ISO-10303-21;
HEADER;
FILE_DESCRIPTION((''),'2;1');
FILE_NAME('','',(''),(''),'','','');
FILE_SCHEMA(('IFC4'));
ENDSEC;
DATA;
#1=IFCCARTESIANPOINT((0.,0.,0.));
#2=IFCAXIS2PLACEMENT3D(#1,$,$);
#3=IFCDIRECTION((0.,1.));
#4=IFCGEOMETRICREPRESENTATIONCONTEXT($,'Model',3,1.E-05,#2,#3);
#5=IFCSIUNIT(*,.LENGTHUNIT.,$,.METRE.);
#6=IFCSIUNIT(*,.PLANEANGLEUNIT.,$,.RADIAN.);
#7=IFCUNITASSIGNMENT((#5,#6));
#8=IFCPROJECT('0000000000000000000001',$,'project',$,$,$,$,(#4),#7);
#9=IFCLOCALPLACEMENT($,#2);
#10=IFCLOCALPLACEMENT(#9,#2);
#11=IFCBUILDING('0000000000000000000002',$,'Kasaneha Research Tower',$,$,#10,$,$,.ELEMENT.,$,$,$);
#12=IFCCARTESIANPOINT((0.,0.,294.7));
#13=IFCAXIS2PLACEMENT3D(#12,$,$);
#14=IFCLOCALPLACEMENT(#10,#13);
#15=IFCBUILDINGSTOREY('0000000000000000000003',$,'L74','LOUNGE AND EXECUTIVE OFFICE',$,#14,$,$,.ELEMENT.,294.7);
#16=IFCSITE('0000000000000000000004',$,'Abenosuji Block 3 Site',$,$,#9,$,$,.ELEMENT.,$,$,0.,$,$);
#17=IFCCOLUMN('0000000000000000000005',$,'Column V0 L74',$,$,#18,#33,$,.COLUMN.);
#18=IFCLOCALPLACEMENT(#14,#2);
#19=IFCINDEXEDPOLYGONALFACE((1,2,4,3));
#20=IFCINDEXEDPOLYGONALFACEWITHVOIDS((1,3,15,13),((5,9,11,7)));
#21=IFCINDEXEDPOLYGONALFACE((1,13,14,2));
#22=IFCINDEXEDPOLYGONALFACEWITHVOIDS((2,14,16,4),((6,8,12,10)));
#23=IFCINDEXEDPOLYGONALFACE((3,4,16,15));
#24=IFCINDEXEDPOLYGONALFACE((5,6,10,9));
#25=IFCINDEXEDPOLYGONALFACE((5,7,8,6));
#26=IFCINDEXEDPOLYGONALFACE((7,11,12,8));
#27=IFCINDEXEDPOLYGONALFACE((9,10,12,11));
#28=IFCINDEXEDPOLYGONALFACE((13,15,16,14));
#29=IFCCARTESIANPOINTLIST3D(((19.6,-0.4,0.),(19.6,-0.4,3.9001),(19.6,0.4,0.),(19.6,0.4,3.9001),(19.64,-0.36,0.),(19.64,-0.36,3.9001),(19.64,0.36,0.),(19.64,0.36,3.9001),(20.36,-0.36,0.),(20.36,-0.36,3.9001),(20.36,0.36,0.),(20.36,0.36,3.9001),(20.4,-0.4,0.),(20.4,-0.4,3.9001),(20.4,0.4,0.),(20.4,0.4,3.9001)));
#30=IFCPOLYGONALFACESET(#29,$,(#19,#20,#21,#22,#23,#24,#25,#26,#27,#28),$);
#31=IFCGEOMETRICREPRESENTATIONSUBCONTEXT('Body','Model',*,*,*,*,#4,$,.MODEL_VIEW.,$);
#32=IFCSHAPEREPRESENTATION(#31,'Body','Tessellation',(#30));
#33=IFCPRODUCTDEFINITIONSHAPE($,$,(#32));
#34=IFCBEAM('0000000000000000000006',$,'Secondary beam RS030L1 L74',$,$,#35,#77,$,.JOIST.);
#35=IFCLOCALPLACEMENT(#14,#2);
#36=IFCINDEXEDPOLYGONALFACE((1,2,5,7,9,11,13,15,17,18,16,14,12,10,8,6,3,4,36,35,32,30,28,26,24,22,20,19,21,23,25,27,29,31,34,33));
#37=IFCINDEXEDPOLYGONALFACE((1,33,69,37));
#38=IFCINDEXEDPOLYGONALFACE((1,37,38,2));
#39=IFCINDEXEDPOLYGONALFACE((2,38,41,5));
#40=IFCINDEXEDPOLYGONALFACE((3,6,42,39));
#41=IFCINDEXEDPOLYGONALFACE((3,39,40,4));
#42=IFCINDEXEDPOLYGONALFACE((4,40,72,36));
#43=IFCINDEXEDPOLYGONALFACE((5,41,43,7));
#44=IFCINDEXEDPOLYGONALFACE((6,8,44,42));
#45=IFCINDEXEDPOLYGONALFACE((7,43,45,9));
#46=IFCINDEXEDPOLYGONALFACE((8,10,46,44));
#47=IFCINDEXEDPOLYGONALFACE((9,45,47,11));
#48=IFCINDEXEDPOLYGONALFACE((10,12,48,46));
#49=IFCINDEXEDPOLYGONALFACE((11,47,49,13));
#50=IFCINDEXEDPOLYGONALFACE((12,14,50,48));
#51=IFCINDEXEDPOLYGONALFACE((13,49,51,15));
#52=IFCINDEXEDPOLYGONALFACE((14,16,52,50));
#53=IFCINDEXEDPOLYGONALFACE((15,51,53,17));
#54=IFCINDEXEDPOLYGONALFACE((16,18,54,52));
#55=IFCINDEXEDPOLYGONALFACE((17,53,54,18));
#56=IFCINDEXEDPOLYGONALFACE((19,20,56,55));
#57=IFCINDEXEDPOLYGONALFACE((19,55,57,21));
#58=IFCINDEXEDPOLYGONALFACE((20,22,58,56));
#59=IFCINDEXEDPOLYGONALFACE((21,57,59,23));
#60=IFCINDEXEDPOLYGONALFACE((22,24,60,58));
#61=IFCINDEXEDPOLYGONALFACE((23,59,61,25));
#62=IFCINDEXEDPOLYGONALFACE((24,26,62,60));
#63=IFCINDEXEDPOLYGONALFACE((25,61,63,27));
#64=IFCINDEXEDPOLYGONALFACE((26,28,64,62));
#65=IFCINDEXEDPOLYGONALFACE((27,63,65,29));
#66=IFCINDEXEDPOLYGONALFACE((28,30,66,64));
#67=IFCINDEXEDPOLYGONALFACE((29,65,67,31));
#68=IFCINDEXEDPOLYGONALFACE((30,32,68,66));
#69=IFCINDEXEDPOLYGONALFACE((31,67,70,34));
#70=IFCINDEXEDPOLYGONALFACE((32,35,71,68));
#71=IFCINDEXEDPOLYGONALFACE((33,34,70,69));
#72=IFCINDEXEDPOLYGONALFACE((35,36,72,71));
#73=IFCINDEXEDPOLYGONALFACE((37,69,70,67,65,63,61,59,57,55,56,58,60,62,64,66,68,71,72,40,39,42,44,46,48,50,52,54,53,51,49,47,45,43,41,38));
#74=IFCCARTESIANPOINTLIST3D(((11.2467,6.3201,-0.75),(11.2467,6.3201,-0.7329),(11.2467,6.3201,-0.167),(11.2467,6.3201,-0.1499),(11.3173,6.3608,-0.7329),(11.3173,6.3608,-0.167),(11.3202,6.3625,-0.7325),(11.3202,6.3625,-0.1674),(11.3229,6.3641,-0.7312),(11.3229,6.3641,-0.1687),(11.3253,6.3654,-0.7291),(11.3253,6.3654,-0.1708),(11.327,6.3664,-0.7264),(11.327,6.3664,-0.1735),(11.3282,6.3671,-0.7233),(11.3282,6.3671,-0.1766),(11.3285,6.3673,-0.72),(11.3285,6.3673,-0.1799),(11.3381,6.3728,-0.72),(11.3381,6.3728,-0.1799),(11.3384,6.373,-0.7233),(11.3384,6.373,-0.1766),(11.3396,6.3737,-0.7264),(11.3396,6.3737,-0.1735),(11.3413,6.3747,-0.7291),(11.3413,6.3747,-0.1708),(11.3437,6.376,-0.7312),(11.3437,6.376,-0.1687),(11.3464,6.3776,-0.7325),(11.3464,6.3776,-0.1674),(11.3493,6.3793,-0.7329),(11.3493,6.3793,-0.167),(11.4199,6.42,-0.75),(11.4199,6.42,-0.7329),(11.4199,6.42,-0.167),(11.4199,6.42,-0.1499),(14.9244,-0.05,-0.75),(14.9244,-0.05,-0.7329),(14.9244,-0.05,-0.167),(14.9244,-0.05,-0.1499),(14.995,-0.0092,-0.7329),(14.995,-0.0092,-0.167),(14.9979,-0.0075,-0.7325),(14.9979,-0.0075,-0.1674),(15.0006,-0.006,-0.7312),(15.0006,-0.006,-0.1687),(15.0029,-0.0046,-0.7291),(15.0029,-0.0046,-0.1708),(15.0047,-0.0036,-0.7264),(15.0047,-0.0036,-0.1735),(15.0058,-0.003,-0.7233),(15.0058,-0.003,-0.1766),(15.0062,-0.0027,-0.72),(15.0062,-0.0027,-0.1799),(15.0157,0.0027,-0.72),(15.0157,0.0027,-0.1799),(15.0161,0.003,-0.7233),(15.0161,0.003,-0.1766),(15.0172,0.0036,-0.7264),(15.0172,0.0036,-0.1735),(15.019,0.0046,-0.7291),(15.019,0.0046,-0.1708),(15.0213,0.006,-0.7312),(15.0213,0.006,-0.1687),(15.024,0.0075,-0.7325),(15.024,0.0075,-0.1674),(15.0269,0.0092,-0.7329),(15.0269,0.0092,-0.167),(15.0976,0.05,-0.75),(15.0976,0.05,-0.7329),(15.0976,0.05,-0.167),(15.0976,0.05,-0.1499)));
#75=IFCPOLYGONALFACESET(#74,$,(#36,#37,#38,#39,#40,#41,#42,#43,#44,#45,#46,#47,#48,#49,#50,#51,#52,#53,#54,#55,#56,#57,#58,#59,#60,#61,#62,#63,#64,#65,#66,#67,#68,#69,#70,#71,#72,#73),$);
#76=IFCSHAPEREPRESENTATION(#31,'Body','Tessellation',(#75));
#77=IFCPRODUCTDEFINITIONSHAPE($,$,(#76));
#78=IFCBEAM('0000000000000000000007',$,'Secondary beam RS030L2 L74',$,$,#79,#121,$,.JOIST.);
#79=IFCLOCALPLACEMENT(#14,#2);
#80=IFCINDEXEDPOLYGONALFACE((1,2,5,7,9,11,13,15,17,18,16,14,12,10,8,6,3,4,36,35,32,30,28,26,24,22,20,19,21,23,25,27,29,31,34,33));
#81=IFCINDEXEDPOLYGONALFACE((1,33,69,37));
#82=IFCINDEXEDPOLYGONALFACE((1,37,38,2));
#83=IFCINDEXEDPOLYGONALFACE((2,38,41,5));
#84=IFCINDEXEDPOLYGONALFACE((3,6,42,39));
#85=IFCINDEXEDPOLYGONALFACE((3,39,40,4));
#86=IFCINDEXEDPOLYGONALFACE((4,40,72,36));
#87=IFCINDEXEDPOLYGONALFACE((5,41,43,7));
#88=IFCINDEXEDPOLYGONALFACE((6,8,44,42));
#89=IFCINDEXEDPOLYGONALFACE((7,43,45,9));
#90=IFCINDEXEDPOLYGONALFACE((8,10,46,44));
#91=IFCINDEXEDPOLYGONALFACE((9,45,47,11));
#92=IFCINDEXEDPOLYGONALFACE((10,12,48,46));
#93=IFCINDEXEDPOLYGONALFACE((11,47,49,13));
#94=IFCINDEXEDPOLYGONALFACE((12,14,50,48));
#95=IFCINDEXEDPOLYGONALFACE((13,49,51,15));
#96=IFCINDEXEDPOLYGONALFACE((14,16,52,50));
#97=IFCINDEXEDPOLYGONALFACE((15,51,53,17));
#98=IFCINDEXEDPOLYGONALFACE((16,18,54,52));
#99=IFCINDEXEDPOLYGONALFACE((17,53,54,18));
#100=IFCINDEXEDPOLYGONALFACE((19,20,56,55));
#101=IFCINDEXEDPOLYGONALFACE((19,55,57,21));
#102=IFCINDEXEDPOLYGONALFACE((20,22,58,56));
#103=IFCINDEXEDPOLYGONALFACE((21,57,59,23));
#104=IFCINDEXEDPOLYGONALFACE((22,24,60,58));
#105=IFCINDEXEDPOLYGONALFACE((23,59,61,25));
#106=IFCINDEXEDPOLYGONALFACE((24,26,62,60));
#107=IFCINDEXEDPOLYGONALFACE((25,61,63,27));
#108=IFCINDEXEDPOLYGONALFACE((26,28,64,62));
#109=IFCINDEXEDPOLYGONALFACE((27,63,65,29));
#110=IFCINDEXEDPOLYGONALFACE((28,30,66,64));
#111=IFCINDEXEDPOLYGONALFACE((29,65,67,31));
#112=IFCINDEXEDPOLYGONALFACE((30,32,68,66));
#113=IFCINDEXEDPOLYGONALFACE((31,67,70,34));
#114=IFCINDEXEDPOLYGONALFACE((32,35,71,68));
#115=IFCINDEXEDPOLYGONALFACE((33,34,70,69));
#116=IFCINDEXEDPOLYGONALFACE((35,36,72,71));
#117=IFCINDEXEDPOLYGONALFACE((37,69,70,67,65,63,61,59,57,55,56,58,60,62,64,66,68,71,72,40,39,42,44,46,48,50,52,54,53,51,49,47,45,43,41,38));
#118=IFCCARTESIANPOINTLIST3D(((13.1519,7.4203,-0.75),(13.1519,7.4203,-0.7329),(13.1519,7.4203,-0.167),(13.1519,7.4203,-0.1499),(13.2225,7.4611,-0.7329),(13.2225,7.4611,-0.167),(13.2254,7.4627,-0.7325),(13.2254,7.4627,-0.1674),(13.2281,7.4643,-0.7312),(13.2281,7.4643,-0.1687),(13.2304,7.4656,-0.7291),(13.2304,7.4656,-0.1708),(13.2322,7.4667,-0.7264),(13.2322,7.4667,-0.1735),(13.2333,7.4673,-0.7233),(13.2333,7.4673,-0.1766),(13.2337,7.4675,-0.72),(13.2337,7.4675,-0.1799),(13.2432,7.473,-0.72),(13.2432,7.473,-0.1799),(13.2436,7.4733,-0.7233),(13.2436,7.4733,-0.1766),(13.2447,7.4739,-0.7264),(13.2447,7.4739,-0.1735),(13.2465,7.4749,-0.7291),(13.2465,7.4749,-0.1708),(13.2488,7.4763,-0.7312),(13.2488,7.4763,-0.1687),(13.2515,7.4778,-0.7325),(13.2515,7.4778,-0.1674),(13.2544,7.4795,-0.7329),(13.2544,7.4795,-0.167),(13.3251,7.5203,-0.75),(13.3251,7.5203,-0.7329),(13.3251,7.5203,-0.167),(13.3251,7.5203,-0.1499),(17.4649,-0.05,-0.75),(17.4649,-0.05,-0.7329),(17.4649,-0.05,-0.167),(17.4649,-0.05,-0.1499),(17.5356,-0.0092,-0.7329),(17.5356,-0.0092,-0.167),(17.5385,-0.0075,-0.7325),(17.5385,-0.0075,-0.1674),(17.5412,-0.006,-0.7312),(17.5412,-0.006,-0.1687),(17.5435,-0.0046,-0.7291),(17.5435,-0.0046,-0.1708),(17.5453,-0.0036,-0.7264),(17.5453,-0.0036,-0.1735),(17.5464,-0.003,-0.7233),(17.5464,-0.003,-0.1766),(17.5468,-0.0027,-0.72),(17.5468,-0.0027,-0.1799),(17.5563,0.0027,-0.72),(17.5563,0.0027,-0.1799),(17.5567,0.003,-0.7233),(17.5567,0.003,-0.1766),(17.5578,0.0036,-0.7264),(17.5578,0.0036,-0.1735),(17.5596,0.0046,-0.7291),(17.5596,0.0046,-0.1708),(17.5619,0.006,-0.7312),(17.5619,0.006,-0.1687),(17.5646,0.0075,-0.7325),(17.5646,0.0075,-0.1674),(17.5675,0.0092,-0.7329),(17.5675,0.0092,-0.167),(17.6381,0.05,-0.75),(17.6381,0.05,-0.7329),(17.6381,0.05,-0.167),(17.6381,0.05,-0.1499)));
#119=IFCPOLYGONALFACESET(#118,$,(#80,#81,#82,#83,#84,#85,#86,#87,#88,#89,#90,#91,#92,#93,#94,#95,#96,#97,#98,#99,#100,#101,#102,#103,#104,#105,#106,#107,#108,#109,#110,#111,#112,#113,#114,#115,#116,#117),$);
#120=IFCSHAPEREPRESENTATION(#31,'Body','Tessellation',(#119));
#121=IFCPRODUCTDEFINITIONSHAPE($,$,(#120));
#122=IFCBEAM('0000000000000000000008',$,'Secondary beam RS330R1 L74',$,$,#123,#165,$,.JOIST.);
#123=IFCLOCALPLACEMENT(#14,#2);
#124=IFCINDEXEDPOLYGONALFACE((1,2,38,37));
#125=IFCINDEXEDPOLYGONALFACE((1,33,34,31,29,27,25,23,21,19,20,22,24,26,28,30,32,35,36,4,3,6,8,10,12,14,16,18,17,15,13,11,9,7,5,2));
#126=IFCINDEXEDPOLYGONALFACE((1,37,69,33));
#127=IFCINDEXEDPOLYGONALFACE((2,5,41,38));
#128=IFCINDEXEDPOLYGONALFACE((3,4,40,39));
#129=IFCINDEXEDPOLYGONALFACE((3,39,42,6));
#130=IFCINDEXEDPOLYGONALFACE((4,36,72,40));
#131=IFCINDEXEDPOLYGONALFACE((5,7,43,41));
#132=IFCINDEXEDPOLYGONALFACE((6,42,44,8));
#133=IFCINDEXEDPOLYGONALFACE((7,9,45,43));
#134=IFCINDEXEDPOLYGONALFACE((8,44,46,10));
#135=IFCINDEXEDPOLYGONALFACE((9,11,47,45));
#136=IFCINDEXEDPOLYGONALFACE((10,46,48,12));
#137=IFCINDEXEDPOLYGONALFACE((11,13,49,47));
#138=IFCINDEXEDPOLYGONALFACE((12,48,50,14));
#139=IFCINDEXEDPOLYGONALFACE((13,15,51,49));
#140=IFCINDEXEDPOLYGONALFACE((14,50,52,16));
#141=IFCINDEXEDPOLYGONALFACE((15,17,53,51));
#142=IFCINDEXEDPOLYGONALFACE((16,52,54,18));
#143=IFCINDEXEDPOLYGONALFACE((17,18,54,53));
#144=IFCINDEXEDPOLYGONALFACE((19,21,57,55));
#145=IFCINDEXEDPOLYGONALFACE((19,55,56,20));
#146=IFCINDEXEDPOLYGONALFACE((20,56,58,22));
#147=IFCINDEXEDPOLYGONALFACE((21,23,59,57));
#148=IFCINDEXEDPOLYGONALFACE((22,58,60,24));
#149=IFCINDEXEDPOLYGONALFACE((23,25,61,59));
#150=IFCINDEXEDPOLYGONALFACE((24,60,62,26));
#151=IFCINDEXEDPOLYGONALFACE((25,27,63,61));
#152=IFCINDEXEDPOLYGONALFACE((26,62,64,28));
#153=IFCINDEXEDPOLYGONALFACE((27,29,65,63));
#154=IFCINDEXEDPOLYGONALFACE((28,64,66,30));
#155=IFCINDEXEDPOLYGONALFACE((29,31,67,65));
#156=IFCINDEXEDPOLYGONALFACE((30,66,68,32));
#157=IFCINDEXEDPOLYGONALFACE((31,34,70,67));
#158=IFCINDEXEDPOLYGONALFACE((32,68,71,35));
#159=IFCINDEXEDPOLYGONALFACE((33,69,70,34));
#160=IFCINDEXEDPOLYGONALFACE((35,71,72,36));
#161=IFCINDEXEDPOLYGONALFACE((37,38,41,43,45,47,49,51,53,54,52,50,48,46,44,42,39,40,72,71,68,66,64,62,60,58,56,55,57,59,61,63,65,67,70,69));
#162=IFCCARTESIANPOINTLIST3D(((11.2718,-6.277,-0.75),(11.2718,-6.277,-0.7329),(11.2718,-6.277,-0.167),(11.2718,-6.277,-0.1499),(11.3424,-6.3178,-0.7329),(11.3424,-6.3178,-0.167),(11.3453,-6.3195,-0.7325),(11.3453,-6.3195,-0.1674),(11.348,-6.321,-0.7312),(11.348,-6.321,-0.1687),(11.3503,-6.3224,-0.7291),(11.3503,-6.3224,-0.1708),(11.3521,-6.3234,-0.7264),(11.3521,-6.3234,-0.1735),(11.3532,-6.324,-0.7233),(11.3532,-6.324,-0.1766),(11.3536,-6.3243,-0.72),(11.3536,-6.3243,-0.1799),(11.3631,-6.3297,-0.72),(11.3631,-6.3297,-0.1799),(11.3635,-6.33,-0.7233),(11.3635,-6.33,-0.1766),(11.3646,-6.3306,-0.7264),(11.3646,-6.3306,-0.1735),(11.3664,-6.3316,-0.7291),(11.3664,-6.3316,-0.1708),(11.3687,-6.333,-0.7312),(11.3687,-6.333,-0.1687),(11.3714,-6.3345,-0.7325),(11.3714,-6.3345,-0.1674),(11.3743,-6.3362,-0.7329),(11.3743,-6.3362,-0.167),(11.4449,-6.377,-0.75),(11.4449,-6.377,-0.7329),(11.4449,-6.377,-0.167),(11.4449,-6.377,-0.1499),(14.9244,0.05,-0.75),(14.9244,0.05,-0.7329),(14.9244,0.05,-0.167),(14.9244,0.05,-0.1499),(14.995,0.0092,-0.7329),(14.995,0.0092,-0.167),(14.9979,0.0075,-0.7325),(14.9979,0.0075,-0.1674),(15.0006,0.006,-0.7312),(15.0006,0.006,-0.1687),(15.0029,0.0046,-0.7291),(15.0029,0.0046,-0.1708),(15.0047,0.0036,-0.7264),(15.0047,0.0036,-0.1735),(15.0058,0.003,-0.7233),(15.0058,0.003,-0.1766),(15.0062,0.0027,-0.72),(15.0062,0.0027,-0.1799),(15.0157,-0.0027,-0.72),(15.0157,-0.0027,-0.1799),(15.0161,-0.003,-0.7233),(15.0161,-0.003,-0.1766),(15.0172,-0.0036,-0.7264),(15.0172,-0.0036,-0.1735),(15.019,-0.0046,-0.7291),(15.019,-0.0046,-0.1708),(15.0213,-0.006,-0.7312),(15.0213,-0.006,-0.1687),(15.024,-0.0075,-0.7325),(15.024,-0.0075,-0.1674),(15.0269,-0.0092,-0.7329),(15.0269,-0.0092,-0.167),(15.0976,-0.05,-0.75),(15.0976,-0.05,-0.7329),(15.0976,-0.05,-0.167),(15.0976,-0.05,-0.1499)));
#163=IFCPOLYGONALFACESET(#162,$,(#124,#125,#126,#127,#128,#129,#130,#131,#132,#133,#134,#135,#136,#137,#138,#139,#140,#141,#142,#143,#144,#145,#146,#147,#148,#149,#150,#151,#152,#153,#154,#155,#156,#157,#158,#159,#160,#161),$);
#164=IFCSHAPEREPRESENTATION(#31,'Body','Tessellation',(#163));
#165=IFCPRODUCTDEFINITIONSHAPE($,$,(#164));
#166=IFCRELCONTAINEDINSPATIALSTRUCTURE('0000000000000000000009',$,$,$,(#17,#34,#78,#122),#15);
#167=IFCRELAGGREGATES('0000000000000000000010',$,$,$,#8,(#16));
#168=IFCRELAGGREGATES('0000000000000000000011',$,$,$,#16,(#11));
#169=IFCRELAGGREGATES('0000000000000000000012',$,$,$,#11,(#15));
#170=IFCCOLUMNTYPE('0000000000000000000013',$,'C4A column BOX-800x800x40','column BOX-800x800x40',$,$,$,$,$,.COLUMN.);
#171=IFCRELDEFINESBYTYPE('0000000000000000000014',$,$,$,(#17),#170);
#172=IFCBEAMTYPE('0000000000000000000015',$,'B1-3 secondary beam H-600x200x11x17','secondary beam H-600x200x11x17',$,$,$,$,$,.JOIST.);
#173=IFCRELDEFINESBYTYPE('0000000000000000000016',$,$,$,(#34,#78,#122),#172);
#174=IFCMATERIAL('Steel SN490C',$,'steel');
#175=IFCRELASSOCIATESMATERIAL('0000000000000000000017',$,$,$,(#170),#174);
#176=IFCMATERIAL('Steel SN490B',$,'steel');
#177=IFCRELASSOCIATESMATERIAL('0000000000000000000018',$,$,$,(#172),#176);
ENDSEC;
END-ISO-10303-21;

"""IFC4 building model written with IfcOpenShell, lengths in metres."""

from ifc_helpers import new_model, si_unit, direction, frame, origin, origin_2d, place, context, subcontext, project, spatial, hollow_rectangle, i_section, extrude, material, material_profile, profile_set, type_object, element, save


model = new_model("IFC4")

# Units and contexts
model_context = context("Model", 3, precision=1e-05, world=origin(), true_north=direction((0.0, 1.0)))
body_context = subcontext(model_context, "Body", "Model", "MODEL_VIEW")
ifc_project = project(units=[si_unit("LENGTHUNIT", "METRE"), si_unit("PLANEANGLEUNIT", "RADIAN")], contexts=[model_context])

# Site, building, storey
site_placement = place(None, origin())
site = spatial("IfcSite", under=ifc_project, at=site_placement, Name="Abenosuji Block 3 Site", CompositionType="ELEMENT", RefElevation=0.0)
building_placement = place(site_placement, origin())
building = spatial("IfcBuilding", under=site, at=building_placement, Name="Kasaneha Research Tower", CompositionType="ELEMENT")
storey_placement = place(building_placement, frame((0.0, 0.0, 294.7)))
storey = spatial("IfcBuildingStorey", under=building, at=storey_placement, Name="L74", Description="LOUNGE AND EXECUTIVE OFFICE", CompositionType="ELEMENT", Elevation=294.7)

# Column
ifc_material_1 = material(Name="Steel SN490C", Category="steel")
ifc_material_profile_1 = material_profile(ifc_material_1, hollow_rectangle(XDim=0.8, YDim=0.8, WallThickness=0.04, at=origin_2d()), Name="BOX-800x800x40")
ifc_profile_set_1 = profile_set([ifc_material_profile_1], Name="Steel SN490C")
column_type = type_object("IfcColumnType", Name="C4A column BOX-800x800x40", Description="column BOX-800x800x40", PredefinedType="COLUMN", material=ifc_profile_set_1)
column_placement = place(storey_placement, frame((20.0, 0.0, 0.0), z_axis=(0.0, 0.0, 1.0), x_axis=(1.0, 0.0, 0.0)))
element("IfcColumn", 1, at=column_placement, inside=storey, type_object=column_type, Name="Column V0 L74", PredefinedType="COLUMN", context=body_context, shape_type="SweptSolid", body=[
    extrude(hollow_rectangle(XDim=0.8, YDim=0.8, WallThickness=0.04, at=origin_2d()), origin(), (0.0, 0.0, 1.0), 3.9001),
])

# Beams
ifc_material_2 = material(Name="Steel SN490B", Category="steel")
ifc_material_profile_2 = material_profile(ifc_material_2, i_section(OverallWidth=0.2, OverallDepth=0.6001, WebThickness=0.011, FlangeThickness=0.0171, FilletRadius=0.0129, at=origin_2d()), Name="H-600x200x11x17")
ifc_profile_set_2 = profile_set([ifc_material_profile_2], Name="Steel SN490B")
beam_type_1 = type_object("IfcBeamType", Name="B1-3 secondary beam H-600x200x11x17", Description="secondary beam H-600x200x11x17", PredefinedType="JOIST", material=ifc_profile_set_2)
beam_1_placement = place(storey_placement, frame((15.011, 0.0, -0.45), z_axis=(-0.499994, 0.866029, 0.0), x_axis=(-0.866029, -0.499994, 0.0)))
element("IfcBeam", 2, at=beam_1_placement, inside=storey, type_object=beam_type_1, Name="Secondary beam RS030L1 L74", PredefinedType="JOIST", context=body_context, shape_type="SweptSolid", body=[
    extrude(i_section(OverallWidth=0.2, OverallDepth=0.6001, WebThickness=0.011, FlangeThickness=0.0171, FilletRadius=0.0129, at=origin_2d()), origin(), (0.0, 0.0, 1.0), 7.3555),
])
beam_2_placement = place(storey_placement, frame((17.5515, 0.0, -0.45), z_axis=(-0.500005, 0.866023, 0.0), x_axis=(-0.866023, -0.500005, 0.0)))
element("IfcBeam", 3, at=beam_2_placement, inside=storey, type_object=beam_type_1, Name="Secondary beam RS030L2 L74", PredefinedType="JOIST", context=body_context, shape_type="SweptSolid", body=[
    extrude(i_section(OverallWidth=0.2, OverallDepth=0.6001, WebThickness=0.011, FlangeThickness=0.0171, FilletRadius=0.0129, at=origin_2d()), origin(), (0.0, 0.0, 1.0), 8.626),
])
beam_3_placement = place(storey_placement, frame((15.011, 0.0, -0.45), z_axis=(-0.499974, -0.86604, 0.0), x_axis=(0.86604, -0.499974, 0.0)))
element("IfcBeam", 4, at=beam_3_placement, inside=storey, type_object=beam_type_1, Name="Secondary beam RS330R1 L74", PredefinedType="JOIST", context=body_context, shape_type="SweptSolid", body=[
    extrude(i_section(OverallWidth=0.2, OverallDepth=0.6001, WebThickness=0.011, FlangeThickness=0.0171, FilletRadius=0.0129, at=origin_2d()), origin(), (0.0, 0.0, 1.0), 7.3057),
])

save(model, "model.ifc")
